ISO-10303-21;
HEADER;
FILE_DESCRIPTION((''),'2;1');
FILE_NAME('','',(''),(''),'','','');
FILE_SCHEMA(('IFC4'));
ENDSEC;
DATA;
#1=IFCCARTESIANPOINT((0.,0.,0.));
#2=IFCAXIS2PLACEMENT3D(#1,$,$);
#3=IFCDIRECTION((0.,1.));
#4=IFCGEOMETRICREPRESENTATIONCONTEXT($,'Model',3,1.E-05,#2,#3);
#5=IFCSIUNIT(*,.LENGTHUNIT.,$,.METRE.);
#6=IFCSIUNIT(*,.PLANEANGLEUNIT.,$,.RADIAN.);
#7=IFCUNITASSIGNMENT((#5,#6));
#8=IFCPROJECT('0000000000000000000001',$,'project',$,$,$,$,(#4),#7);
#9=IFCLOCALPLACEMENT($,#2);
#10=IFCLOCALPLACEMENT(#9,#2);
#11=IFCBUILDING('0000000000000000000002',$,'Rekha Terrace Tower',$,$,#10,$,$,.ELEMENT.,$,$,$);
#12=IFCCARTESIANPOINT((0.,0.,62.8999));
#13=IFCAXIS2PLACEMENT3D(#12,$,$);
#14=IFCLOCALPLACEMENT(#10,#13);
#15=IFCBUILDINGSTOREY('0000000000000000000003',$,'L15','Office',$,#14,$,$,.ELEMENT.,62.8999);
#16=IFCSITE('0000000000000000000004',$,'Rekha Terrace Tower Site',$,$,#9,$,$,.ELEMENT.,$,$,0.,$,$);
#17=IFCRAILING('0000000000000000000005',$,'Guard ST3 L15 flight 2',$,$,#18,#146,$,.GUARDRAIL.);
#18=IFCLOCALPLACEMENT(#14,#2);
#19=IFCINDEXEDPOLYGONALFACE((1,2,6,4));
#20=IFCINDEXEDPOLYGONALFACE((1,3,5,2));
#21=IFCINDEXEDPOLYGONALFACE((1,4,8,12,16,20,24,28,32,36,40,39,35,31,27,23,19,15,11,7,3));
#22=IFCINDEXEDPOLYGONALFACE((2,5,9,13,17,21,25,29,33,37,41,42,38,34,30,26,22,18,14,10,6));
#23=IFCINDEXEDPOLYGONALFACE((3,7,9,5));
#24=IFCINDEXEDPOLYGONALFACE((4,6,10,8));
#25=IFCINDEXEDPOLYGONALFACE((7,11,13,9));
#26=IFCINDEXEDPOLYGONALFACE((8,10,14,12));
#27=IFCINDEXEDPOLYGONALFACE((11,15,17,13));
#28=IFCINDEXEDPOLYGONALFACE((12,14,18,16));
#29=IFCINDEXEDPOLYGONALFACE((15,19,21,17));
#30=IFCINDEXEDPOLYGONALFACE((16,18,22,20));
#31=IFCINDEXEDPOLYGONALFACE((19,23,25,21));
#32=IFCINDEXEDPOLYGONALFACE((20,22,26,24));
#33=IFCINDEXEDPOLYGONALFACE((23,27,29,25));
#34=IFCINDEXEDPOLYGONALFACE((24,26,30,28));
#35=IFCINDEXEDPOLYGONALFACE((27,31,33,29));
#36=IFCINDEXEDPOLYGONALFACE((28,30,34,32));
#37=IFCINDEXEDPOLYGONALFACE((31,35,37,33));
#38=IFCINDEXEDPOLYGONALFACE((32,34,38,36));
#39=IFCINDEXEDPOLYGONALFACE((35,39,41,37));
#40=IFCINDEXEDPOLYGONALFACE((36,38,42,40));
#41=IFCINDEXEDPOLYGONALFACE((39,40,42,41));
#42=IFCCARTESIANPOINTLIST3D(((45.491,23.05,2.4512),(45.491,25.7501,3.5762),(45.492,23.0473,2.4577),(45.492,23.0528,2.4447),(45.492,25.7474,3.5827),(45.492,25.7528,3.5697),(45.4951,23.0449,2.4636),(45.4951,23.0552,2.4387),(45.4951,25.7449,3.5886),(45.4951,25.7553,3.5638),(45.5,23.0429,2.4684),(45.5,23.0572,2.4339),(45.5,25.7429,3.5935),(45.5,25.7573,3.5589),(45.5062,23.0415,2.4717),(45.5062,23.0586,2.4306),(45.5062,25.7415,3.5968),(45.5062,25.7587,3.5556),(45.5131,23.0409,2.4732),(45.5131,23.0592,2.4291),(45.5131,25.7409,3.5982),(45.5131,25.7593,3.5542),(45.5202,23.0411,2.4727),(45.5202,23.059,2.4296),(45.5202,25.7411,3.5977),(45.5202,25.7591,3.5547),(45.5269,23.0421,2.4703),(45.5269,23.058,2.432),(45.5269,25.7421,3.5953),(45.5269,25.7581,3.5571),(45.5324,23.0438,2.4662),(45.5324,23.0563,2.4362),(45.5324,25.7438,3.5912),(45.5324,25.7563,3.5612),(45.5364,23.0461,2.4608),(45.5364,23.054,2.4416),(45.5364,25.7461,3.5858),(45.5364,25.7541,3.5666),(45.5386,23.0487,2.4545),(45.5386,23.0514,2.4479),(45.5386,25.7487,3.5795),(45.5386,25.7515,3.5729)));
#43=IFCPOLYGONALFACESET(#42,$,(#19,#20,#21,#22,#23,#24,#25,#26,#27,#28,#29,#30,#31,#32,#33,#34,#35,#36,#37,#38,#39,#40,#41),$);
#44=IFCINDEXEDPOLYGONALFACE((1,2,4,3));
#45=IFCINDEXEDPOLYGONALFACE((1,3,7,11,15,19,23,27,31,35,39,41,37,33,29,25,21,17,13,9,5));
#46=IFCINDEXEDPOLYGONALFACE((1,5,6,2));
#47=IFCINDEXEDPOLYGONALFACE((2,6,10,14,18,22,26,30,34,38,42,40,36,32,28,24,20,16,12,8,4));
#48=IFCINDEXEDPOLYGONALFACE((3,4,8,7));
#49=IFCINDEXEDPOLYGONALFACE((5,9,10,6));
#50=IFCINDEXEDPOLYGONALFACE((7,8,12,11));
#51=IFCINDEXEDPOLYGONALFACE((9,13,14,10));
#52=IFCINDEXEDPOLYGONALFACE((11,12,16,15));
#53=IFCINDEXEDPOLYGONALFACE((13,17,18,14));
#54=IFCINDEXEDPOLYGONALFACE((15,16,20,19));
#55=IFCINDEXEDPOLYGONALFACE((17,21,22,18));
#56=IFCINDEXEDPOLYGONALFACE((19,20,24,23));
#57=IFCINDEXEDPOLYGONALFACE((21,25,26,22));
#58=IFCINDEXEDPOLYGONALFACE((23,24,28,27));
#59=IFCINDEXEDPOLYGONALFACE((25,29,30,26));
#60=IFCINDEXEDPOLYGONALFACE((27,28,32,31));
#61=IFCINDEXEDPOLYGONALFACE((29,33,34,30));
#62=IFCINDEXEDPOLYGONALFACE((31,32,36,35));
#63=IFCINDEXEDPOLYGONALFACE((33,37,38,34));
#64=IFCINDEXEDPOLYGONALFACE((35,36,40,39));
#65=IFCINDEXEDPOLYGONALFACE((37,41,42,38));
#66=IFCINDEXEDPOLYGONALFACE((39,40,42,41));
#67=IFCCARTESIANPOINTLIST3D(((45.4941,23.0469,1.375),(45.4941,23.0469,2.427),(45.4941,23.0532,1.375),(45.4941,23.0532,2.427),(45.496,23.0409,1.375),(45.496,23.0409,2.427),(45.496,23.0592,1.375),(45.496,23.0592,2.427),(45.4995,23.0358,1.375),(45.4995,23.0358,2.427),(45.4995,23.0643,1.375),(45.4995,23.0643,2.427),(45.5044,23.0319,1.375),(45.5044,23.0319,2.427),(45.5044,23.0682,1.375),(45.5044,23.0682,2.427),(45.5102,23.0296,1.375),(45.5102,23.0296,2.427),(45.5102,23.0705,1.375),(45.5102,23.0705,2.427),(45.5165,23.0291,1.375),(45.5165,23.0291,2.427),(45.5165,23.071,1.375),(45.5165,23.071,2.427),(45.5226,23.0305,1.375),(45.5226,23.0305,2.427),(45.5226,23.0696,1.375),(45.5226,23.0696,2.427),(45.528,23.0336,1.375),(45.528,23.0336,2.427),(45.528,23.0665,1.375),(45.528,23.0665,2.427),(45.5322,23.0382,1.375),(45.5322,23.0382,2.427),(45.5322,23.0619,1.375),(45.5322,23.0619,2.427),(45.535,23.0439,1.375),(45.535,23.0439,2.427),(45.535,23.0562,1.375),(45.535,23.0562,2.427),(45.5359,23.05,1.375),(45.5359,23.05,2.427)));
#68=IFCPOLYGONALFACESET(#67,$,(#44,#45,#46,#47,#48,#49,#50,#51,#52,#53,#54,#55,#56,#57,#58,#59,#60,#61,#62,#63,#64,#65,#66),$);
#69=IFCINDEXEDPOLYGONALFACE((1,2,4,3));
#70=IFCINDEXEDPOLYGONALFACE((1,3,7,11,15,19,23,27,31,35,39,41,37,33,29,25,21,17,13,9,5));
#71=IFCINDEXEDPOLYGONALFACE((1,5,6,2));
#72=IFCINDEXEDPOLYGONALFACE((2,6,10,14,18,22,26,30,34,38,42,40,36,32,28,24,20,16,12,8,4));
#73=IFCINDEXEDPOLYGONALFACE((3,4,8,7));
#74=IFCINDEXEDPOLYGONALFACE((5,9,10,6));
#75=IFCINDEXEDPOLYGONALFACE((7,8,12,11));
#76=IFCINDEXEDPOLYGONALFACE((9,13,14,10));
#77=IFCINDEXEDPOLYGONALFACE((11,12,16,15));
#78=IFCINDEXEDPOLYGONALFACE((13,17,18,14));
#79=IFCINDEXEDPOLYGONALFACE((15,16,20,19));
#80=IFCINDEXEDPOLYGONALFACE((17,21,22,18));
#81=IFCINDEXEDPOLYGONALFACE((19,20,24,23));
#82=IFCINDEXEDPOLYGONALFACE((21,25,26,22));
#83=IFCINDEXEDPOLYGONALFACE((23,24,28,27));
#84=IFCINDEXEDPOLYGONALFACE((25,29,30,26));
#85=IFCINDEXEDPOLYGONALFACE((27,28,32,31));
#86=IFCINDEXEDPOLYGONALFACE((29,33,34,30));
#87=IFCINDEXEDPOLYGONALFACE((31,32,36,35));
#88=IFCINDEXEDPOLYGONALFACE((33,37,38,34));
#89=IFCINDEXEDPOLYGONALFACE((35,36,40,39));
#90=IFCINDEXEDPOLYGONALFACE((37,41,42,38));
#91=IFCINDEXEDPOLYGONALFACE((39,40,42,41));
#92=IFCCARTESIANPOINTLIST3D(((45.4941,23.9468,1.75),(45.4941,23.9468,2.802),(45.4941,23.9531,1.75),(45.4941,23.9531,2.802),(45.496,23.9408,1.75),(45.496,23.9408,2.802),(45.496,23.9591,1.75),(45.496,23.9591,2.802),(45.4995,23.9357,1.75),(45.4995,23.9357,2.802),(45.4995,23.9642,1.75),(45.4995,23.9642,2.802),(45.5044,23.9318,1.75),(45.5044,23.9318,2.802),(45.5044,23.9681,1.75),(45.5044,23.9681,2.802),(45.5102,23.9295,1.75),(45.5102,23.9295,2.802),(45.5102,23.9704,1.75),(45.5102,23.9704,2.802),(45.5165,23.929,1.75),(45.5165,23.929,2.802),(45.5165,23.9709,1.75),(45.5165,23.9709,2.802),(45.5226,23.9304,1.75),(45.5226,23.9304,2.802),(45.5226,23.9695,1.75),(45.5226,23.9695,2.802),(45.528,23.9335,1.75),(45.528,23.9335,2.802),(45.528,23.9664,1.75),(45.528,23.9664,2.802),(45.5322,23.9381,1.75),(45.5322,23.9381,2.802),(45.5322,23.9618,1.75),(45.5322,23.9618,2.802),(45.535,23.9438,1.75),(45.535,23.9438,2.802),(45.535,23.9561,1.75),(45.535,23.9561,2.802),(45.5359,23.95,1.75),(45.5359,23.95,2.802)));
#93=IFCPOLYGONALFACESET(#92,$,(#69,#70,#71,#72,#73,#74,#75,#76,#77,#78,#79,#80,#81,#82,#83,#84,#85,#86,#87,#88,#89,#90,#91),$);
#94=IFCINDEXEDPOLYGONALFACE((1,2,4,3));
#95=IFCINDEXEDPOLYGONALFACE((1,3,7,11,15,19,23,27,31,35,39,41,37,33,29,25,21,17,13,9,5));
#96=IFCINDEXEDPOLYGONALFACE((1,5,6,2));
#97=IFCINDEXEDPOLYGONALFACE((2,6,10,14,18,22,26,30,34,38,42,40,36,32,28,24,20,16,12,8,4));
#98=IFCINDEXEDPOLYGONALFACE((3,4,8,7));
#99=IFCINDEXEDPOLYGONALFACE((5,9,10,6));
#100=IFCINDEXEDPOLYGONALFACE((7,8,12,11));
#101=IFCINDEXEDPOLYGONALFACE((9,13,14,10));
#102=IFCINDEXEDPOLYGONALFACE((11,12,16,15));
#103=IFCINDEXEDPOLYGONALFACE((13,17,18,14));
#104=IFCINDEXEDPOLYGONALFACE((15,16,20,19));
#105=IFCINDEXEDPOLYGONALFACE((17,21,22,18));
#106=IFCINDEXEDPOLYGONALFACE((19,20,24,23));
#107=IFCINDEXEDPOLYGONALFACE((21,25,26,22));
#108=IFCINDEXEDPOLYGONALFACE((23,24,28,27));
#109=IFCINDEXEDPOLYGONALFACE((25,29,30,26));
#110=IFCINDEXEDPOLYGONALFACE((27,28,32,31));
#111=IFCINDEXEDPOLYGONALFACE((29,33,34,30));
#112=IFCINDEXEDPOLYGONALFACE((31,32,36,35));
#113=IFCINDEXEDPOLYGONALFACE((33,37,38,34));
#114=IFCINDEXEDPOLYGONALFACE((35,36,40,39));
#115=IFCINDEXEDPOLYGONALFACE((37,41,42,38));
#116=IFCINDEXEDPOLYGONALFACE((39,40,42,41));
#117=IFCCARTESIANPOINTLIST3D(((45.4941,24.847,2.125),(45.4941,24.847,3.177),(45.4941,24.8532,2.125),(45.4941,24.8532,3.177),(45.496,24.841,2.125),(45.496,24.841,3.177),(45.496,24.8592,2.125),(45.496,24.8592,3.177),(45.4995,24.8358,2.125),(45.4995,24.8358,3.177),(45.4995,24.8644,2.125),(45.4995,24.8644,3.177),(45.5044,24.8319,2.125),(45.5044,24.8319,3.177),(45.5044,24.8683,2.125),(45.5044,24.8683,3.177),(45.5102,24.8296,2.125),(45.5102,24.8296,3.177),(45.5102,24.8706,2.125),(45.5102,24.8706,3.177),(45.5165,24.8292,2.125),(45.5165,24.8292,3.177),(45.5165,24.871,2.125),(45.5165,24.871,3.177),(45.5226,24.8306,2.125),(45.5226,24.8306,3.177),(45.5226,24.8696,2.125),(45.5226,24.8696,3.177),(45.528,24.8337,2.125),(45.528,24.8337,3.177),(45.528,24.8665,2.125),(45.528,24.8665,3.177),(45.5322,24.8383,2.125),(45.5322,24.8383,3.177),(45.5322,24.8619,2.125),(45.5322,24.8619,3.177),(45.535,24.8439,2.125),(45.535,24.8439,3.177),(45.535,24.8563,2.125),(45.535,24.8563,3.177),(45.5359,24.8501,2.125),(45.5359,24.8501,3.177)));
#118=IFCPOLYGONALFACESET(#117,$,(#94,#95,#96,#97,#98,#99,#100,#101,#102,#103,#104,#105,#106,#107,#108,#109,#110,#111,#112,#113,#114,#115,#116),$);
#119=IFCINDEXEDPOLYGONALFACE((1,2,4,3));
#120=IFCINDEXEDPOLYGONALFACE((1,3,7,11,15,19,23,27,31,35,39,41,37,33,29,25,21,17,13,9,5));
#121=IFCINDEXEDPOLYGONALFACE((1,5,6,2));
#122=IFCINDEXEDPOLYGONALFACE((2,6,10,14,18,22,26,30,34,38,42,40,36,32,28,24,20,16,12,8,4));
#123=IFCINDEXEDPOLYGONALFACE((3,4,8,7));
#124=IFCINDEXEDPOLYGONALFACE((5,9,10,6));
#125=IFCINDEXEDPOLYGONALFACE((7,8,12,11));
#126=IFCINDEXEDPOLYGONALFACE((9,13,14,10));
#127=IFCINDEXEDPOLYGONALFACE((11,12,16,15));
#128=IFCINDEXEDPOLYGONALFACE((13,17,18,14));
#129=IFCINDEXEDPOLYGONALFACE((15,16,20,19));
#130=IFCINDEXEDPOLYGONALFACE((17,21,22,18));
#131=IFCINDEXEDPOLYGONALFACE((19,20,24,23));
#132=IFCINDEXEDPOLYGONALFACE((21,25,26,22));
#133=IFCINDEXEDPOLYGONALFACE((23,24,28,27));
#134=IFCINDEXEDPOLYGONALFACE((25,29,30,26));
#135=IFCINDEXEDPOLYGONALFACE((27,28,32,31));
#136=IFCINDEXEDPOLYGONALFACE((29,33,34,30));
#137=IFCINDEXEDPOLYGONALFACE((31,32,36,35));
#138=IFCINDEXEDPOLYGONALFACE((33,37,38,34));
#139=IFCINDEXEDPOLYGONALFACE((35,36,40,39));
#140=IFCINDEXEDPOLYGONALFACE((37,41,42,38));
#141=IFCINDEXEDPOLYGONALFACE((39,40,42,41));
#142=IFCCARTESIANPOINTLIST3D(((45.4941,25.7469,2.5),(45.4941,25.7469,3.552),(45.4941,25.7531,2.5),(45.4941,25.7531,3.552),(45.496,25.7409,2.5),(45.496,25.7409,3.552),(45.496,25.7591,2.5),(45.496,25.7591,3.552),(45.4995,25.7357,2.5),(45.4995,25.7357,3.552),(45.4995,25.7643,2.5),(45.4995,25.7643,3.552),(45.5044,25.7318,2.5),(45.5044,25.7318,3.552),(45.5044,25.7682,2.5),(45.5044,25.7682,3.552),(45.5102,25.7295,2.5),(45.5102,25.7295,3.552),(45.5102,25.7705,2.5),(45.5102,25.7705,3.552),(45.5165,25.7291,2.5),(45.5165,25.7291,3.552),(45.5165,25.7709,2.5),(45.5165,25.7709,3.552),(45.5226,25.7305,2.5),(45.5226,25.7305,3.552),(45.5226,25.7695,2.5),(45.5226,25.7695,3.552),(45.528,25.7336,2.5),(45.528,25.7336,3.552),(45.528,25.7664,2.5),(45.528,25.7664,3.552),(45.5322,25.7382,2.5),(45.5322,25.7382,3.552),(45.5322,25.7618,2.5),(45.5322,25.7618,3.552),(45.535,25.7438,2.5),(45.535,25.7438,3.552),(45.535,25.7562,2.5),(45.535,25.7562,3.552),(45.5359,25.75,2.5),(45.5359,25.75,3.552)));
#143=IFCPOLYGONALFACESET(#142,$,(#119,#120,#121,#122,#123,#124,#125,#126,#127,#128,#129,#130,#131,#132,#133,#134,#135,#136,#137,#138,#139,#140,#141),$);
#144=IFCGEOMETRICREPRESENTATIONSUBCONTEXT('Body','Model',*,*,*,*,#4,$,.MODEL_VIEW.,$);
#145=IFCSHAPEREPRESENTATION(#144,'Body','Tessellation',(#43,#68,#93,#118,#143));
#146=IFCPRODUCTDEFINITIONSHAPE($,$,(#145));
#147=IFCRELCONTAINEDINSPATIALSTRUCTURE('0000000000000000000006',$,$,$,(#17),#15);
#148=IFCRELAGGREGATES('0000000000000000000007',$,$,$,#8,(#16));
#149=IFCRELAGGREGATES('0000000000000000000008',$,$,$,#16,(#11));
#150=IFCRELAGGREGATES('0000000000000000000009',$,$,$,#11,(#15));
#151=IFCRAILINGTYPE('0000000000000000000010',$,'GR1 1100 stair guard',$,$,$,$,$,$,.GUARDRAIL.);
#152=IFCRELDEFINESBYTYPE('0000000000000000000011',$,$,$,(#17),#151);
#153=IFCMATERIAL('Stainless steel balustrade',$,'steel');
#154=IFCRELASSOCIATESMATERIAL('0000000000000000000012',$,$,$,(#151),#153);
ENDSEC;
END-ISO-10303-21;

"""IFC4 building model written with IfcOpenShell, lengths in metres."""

from ifc_helpers import new_model, si_unit, direction, frame, origin, origin_2d, place, context, subcontext, project, spatial, circle, extrude, material, type_object, element, save


model = new_model("IFC4")

# Units and contexts
model_context = context("Model", 3, precision=1e-05, world=origin(), true_north=direction((0.0, 1.0)))
body_context = subcontext(model_context, "Body", "Model", "MODEL_VIEW")
ifc_project = project(units=[si_unit("LENGTHUNIT", "METRE"), si_unit("PLANEANGLEUNIT", "RADIAN")], contexts=[model_context])

# Site, building, storey
site_placement = place(None, origin())
site = spatial("IfcSite", under=ifc_project, at=site_placement, Name="Rekha Terrace Tower Site", CompositionType="ELEMENT", RefElevation=0.0)
building_placement = place(site_placement, origin())
building = spatial("IfcBuilding", under=site, at=building_placement, Name="Rekha Terrace Tower", CompositionType="ELEMENT")
storey_placement = place(building_placement, frame((0.0, 0.0, 62.8999)))
storey = spatial("IfcBuildingStorey", under=building, at=storey_placement, Name="L15", Description="Office", CompositionType="ELEMENT", Elevation=62.8999)

# Railing
ifc_material_1 = material(Name="Stainless steel balustrade", Category="steel")
railing_type_1 = type_object("IfcRailingType", Name="GR1 1100 stair guard", PredefinedType="GUARDRAIL", material=ifc_material_1)
railing_1_placement = place(storey_placement, frame((45.5149, 23.05, 1.375)))
element("IfcRailing", 1, at=railing_1_placement, inside=storey, type_object=railing_type_1, Name="Guard ST3 L15 flight 2", PredefinedType="GUARDRAIL", context=body_context, shape_type="SweptSolid", body=[
    extrude(circle(Radius=0.0239, at=origin_2d()), frame((0.0, 0.0, 1.0762), z_axis=(0.0, 0.923074, 0.384621), x_axis=(-1.0, 0.0, 0.0)), (0.0, 0.0, 1.0), 2.925),
    extrude(circle(Radius=0.021, at=origin_2d()), origin(), (0.0, 0.0, 1.0), 1.052),
    extrude(circle(Radius=0.021, at=origin_2d()), frame((0.0, 0.8999, 0.375)), (0.0, 0.0, 1.0), 1.052),
    extrude(circle(Radius=0.021, at=origin_2d()), frame((0.0, 1.8, 0.75)), (0.0, 0.0, 1.0), 1.052),
    extrude(circle(Radius=0.021, at=origin_2d()), frame((0.0, 2.7, 1.125)), (0.0, 0.0, 1.0), 1.052),
])

save(model, "model.ifc")
